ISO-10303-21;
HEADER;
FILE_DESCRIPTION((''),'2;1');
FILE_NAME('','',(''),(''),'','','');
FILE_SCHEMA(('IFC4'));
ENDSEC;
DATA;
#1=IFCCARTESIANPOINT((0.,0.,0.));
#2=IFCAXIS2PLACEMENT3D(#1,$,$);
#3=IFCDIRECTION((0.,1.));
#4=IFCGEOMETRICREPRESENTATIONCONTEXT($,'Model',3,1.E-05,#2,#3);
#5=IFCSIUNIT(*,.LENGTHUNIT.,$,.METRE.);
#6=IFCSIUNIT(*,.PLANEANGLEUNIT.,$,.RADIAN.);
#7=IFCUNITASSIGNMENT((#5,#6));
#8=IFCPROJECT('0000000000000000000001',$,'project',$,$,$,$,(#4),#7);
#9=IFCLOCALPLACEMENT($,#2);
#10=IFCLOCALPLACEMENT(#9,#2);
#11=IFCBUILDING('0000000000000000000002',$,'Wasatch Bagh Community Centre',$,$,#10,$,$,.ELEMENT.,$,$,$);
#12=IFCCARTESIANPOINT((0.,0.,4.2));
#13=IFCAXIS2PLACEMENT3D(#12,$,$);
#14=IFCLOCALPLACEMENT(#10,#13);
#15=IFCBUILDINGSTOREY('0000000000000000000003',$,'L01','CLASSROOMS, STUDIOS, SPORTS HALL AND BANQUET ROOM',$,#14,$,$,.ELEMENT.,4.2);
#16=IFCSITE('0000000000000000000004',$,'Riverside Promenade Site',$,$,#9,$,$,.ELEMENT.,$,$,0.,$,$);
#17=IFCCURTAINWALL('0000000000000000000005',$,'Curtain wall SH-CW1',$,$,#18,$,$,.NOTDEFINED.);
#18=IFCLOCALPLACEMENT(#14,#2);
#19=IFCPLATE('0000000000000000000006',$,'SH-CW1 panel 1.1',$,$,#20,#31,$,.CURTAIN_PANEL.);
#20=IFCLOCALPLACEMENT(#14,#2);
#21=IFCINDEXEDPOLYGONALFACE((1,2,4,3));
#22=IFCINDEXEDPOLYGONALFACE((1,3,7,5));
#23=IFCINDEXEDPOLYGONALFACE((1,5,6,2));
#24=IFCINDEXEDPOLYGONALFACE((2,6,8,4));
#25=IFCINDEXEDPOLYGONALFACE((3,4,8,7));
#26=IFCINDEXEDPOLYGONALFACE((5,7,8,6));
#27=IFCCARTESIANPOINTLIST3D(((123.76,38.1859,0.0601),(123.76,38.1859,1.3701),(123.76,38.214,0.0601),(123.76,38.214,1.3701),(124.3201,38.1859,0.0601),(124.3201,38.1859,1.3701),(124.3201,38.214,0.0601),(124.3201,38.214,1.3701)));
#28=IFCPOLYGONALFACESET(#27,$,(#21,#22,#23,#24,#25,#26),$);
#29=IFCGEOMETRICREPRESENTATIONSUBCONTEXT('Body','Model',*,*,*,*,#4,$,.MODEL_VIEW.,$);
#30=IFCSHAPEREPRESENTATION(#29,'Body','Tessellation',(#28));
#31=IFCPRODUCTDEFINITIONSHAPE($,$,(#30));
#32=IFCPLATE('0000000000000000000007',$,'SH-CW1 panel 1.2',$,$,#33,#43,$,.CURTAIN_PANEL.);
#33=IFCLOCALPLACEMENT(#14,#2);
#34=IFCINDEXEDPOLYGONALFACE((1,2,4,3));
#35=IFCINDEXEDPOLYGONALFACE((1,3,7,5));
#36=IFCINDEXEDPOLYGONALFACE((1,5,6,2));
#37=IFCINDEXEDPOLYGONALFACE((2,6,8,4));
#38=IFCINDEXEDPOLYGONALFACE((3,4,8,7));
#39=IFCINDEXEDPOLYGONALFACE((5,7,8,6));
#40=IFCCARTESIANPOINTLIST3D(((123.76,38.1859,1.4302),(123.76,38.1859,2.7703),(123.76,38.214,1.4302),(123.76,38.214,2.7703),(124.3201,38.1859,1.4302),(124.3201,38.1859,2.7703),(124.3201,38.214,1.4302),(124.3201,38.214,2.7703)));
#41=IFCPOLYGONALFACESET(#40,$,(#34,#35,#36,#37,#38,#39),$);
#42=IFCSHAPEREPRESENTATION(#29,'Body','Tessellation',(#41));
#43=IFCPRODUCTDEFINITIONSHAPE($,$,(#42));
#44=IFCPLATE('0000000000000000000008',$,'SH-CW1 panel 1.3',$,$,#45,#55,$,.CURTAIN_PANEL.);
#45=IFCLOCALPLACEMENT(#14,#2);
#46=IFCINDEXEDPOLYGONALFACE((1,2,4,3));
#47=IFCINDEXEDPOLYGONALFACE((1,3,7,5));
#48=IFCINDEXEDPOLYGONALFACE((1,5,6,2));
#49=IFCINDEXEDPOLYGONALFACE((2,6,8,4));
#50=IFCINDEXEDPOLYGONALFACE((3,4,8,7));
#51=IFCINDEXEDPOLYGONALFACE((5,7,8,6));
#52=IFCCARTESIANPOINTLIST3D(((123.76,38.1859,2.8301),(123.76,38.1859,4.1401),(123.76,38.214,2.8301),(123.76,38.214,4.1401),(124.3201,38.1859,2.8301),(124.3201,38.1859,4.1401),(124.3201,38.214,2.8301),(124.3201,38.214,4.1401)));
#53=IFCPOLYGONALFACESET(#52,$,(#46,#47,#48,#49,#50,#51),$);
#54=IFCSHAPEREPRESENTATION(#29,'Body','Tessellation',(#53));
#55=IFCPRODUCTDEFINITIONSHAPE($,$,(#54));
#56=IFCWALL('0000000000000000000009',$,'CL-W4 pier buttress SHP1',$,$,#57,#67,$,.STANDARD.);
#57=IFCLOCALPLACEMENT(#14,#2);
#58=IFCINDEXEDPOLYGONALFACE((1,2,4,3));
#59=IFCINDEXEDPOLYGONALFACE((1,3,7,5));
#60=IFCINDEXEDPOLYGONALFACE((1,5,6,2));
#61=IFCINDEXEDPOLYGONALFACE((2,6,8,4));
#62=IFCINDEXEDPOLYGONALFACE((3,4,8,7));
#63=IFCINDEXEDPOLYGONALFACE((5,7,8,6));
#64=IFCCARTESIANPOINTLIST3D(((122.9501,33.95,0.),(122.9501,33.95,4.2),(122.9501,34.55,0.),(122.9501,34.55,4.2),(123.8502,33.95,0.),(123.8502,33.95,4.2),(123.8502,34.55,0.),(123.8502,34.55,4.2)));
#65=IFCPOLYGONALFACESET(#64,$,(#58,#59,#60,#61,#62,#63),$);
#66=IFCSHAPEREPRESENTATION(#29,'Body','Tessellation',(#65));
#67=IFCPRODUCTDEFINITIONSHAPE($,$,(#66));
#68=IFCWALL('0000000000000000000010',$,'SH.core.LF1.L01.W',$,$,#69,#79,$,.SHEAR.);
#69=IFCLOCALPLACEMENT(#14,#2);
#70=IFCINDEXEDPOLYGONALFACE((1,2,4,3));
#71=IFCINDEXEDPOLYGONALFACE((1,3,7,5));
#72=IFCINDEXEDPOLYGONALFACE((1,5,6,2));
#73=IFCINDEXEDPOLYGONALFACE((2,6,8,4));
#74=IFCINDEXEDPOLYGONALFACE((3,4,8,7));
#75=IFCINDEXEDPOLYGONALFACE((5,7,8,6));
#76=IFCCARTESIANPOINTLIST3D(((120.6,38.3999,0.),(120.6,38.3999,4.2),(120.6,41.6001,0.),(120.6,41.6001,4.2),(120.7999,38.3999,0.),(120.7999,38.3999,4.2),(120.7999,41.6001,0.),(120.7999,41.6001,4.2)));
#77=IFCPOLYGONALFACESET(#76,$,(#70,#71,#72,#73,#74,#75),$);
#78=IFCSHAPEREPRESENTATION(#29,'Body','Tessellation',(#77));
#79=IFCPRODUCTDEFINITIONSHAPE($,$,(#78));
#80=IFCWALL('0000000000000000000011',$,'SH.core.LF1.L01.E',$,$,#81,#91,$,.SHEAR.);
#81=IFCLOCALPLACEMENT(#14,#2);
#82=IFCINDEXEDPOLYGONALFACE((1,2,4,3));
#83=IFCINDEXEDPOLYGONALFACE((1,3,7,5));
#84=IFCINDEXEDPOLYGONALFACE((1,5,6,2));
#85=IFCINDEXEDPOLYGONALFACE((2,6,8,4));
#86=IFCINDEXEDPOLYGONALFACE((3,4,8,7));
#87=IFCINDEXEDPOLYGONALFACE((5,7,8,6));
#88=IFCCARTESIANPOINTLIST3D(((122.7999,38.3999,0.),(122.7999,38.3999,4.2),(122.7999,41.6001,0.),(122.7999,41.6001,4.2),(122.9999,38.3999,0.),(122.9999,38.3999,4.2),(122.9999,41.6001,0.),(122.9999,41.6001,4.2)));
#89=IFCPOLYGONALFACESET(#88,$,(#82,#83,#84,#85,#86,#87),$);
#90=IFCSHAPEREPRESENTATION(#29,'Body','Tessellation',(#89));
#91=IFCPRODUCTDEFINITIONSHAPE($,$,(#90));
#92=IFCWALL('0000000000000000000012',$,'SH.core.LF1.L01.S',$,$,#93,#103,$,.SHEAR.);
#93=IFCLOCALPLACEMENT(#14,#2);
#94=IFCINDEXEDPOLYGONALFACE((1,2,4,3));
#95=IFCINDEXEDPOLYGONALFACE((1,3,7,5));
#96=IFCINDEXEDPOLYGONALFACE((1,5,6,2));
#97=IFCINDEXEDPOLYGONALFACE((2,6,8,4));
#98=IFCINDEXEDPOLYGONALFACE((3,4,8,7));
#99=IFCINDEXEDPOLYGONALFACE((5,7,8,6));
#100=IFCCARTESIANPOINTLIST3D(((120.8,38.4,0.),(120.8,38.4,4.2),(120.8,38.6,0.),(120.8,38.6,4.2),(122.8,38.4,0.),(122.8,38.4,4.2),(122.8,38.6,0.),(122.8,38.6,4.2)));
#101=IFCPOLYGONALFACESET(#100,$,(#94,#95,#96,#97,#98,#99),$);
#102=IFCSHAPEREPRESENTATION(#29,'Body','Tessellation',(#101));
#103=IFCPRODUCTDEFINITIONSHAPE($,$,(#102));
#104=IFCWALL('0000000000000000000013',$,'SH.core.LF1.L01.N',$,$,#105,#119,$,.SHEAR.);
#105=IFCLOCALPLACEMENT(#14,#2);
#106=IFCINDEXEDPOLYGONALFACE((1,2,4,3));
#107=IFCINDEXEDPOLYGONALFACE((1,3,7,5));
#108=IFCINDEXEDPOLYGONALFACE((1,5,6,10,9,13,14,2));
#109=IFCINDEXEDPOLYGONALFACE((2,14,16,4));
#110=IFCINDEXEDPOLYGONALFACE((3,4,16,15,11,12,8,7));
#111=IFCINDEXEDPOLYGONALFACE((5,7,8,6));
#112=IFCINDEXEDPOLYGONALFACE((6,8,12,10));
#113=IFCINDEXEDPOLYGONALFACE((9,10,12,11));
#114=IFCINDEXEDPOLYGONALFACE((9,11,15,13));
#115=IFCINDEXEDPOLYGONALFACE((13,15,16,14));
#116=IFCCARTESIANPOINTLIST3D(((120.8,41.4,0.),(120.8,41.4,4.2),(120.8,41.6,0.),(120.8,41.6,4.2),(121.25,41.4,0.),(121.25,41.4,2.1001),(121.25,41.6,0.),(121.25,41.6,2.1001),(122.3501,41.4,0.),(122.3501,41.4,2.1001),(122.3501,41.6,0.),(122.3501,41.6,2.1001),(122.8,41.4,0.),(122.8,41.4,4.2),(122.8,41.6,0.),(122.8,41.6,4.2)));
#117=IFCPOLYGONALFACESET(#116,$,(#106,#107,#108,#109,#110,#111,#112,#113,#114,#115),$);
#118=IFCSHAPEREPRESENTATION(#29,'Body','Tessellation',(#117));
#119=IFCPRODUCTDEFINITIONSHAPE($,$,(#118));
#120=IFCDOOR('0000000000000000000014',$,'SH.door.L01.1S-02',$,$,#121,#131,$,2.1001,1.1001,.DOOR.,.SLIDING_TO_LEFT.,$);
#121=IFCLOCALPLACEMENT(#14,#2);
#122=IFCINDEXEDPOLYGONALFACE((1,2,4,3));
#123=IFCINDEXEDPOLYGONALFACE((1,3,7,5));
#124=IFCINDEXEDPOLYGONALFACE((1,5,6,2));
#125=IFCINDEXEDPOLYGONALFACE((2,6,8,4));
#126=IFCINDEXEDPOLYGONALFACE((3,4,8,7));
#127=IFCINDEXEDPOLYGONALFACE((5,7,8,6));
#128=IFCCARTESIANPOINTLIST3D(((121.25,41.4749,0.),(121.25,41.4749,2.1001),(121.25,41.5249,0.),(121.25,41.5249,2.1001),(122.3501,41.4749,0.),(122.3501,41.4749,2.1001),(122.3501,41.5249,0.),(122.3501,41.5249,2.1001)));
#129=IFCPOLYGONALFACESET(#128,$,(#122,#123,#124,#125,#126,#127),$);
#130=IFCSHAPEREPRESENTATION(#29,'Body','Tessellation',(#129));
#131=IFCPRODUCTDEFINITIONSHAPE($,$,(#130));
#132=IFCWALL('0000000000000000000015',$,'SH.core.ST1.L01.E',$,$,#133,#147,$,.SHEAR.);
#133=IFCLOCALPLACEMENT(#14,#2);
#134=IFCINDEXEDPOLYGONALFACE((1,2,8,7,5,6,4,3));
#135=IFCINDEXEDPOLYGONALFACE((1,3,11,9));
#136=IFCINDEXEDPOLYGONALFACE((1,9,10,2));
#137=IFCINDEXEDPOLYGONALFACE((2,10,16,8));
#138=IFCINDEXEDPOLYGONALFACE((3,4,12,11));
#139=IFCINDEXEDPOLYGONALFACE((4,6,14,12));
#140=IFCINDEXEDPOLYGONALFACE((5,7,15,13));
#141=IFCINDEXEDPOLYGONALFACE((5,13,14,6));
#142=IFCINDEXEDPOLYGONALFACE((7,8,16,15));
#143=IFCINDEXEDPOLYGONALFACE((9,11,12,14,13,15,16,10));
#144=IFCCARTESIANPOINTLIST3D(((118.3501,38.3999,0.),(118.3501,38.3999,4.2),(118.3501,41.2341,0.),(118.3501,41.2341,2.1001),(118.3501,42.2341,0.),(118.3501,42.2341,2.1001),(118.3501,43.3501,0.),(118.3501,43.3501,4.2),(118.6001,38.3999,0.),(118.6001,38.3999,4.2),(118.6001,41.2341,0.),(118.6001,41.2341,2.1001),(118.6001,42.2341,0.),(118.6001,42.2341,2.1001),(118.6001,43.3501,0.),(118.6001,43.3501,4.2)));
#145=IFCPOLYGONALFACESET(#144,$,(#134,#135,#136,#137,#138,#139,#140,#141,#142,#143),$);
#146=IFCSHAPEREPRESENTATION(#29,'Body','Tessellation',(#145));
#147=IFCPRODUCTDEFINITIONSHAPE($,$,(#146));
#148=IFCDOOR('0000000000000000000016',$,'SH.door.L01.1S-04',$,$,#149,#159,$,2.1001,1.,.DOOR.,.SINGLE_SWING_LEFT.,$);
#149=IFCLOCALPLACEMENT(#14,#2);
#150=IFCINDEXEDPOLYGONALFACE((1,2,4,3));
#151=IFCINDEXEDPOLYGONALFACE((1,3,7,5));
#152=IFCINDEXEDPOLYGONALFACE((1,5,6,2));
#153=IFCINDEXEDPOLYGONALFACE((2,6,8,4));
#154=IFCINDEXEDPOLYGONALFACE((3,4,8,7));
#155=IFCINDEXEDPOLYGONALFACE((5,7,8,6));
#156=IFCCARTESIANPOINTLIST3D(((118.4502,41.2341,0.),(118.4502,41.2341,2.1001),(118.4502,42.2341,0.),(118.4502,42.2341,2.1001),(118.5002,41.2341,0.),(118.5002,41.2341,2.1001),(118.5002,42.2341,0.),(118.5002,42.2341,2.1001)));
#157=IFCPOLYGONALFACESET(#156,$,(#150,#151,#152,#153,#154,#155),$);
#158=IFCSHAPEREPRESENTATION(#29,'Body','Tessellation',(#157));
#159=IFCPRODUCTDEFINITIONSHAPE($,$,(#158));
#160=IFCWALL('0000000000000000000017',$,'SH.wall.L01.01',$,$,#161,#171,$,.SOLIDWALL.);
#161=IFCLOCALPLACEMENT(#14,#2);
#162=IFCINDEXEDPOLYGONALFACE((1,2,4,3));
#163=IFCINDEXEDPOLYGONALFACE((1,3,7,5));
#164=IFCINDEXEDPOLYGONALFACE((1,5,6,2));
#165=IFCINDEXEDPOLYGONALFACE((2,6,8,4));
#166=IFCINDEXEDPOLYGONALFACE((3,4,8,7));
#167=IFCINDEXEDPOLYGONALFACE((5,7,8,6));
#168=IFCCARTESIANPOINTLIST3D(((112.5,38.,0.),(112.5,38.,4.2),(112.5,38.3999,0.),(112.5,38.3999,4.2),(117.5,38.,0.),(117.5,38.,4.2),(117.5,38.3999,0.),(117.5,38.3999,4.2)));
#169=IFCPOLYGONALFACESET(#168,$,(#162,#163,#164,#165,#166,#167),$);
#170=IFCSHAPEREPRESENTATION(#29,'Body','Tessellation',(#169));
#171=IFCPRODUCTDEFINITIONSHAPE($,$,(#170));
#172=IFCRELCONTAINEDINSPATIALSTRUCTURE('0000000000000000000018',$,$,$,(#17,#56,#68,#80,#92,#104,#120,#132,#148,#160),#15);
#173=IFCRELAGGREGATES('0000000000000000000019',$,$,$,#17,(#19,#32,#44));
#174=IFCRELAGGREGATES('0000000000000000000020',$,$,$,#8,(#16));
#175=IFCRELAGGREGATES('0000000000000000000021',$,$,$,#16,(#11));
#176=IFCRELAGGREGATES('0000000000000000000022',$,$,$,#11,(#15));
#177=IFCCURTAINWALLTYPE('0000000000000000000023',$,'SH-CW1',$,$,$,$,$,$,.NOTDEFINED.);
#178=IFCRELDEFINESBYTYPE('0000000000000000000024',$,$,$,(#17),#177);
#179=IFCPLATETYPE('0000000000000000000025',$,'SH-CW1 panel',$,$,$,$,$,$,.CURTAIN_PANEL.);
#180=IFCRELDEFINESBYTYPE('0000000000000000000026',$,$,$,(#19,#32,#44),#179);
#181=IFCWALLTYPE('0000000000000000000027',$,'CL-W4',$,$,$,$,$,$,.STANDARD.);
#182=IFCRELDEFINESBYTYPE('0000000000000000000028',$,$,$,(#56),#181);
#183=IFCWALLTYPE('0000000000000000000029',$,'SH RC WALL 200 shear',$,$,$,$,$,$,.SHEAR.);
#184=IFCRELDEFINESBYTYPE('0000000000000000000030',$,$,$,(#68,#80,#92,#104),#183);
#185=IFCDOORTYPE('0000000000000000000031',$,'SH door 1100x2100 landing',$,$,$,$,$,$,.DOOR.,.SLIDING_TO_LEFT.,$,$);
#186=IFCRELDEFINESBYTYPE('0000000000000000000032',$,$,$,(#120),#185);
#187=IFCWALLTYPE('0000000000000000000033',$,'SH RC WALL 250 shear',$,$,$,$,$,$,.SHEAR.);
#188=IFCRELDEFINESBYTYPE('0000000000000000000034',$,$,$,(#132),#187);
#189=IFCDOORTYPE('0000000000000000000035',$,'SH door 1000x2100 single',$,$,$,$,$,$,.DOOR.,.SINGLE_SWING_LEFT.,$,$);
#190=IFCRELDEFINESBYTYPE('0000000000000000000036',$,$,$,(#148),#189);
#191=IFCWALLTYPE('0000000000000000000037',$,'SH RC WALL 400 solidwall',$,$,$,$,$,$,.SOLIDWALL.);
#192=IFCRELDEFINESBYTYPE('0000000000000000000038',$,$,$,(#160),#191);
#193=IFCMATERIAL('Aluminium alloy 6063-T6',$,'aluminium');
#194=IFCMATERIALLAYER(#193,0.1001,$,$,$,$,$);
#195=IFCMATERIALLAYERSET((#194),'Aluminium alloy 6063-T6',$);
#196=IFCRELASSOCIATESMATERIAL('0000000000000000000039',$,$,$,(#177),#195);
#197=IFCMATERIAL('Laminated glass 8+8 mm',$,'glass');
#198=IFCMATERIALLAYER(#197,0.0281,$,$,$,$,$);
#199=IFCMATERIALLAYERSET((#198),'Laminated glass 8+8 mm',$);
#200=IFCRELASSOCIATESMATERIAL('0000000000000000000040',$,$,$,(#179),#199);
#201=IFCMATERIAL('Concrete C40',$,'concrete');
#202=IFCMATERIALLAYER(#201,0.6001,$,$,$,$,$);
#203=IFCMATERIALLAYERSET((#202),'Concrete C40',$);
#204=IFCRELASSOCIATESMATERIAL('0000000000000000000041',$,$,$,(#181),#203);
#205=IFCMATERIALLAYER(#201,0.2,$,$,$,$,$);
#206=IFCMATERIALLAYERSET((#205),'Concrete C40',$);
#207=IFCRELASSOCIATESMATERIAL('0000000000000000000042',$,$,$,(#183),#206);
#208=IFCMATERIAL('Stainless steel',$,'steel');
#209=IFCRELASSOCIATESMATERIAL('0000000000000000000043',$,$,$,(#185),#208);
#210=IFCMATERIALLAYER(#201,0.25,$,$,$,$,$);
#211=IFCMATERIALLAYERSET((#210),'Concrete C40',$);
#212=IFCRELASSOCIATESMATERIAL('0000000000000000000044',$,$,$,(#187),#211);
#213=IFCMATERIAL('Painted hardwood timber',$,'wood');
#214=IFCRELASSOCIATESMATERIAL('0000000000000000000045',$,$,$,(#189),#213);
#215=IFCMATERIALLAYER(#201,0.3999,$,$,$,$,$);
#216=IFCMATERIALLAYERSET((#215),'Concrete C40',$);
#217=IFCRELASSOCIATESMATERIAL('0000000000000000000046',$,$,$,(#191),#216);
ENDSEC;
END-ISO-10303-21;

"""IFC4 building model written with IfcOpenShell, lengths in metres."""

from ifc_helpers import new_model, si_unit, direction, frame, frame_2d, origin, origin_2d, place, context, subcontext, project, spatial, rectangle, extrude, material, layer, layer_set, type_object, element, fill, aggregate, save


model = new_model("IFC4")

# Units and contexts
model_context = context("Model", 3, precision=1e-05, world=origin(), true_north=direction((0.0, 1.0)))
body_context = subcontext(model_context, "Body", "Model", "MODEL_VIEW")
ifc_project = project(units=[si_unit("LENGTHUNIT", "METRE"), si_unit("PLANEANGLEUNIT", "RADIAN")], contexts=[model_context])

# Site, building, storey
site_placement = place(None, origin())
site = spatial("IfcSite", under=ifc_project, at=site_placement, Name="Riverside Promenade Site", CompositionType="ELEMENT", RefElevation=0.0)
building_placement = place(site_placement, origin())
building = spatial("IfcBuilding", under=site, at=building_placement, Name="Wasatch Bagh Community Centre", CompositionType="ELEMENT")
storey_placement = place(building_placement, frame((0.0, 0.0, 4.2)))
storey = spatial("IfcBuildingStorey", under=building, at=storey_placement, Name="L01", Description="CLASSROOMS, STUDIOS, SPORTS HALL AND BANQUET ROOM", CompositionType="ELEMENT", Elevation=4.2)

# Shared definitions
ifc_material_1 = material(Name="Concrete C40", Category="concrete")

# Curtain wall, plates
ifc_material_2 = material(Name="Aluminium alloy 6063-T6", Category="aluminium")
ifc_layer_1 = layer(ifc_material_2, 0.1001)
ifc_layer_set_1 = layer_set([ifc_layer_1], Name="Aluminium alloy 6063-T6")
curtain_wall_type = type_object("IfcCurtainWallType", Name="SH-CW1", PredefinedType="NOTDEFINED", material=ifc_layer_set_1)
curtain_wall_placement = place(storey_placement, origin())
curtain_wall = element("IfcCurtainWall", 1, at=curtain_wall_placement, inside=storey, type_object=curtain_wall_type, Name="Curtain wall SH-CW1", PredefinedType="NOTDEFINED")
ifc_material_3 = material(Name="Laminated glass 8+8 mm", Category="glass")
ifc_layer_2 = layer(ifc_material_3, 0.0281)
ifc_layer_set_2 = layer_set([ifc_layer_2], Name="Laminated glass 8+8 mm")
plate_type = type_object("IfcPlateType", Name="SH-CW1 panel", PredefinedType="CURTAIN_PANEL", material=ifc_layer_set_2)
plate_1_placement = place(storey_placement, frame((124.04, 38.2, 0.0601), z_axis=(0.0, 0.0, 1.0), x_axis=(1.0, 0.0, 0.0)))
plate_1 = element("IfcPlate", 2, at=plate_1_placement, type_object=plate_type, Name="SH-CW1 panel 1.1", PredefinedType="CURTAIN_PANEL", context=body_context, shape_type="SweptSolid", body=[
    extrude(rectangle(XDim=0.5601, YDim=0.0281, at=origin_2d()), origin(), (0.0, 0.0, 1.0), 1.3101),
])
plate_2_placement = place(storey_placement, frame((124.04, 38.2, 1.4302), z_axis=(0.0, 0.0, 1.0), x_axis=(1.0, 0.0, 0.0)))
plate_2 = element("IfcPlate", 3, at=plate_2_placement, type_object=plate_type, Name="SH-CW1 panel 1.2", PredefinedType="CURTAIN_PANEL", context=body_context, shape_type="SweptSolid", body=[
    extrude(rectangle(XDim=0.5601, YDim=0.0281, at=origin_2d()), origin(), (0.0, 0.0, 1.0), 1.3401),
])
plate_3_placement = place(storey_placement, frame((124.04, 38.2, 2.8301), z_axis=(0.0, 0.0, 1.0), x_axis=(1.0, 0.0, 0.0)))
plate_3 = element("IfcPlate", 4, at=plate_3_placement, type_object=plate_type, Name="SH-CW1 panel 1.3", PredefinedType="CURTAIN_PANEL", context=body_context, shape_type="SweptSolid", body=[
    extrude(rectangle(XDim=0.5601, YDim=0.0281, at=origin_2d()), origin(), (0.0, 0.0, 1.0), 1.3101),
])
aggregate(curtain_wall, [plate_1, plate_2, plate_3])

# Walls
ifc_layer_3 = layer(ifc_material_1, 0.6001)
ifc_layer_set_3 = layer_set([ifc_layer_3], Name="Concrete C40")
wall_type_1 = type_object("IfcWallType", Name="CL-W4", PredefinedType="STANDARD", material=ifc_layer_set_3)
wall_1_placement = place(storey_placement, frame((122.95, 34.25, 0.0), z_axis=(0.0, 0.0, 1.0), x_axis=(1.0, 0.0, 0.0)))
element("IfcWall", 5, at=wall_1_placement, inside=storey, type_object=wall_type_1, Name="CL-W4 pier buttress SHP1", PredefinedType="STANDARD", context=body_context, shape_type="SweptSolid", body=[
    extrude(rectangle(XDim=0.9001, YDim=0.6001, at=frame_2d((0.4502, 0.0))), origin(), (0.0, 0.0, 1.0), 4.2),
])
ifc_layer_4 = layer(ifc_material_1, 0.2)
ifc_layer_set_4 = layer_set([ifc_layer_4], Name="Concrete C40")
wall_type_2 = type_object("IfcWallType", Name="SH RC WALL 200 shear", PredefinedType="SHEAR", material=ifc_layer_set_4)
for number, where, z_axis, x_axis, name in (
    (6, (120.7, 38.3999, 0.0), (0.0, 0.0, 1.0), (0.0, 1.0, 0.0), "SH.core.LF1.L01.W"),
    (7, (122.8999, 38.3999, 0.0), (0.0, 0.0, 1.0), (0.0, 1.0, 0.0), "SH.core.LF1.L01.E"),
):
    element("IfcWall", number, at=place(storey_placement, frame(where, z_axis=z_axis, x_axis=x_axis)), inside=storey, type_object=wall_type_2, Name=name, PredefinedType="SHEAR", context=body_context, shape_type="SweptSolid", body=[
        extrude(rectangle(XDim=3.2002, YDim=0.2, at=frame_2d((1.6001, 0.0))), origin(), (0.0, 0.0, 1.0), 4.2),
    ])
wall_2_placement = place(storey_placement, frame((120.8, 38.5, 0.0), z_axis=(0.0, 0.0, 1.0), x_axis=(1.0, 0.0, 0.0)))
element("IfcWall", 8, at=wall_2_placement, inside=storey, type_object=wall_type_2, Name="SH.core.LF1.L01.S", PredefinedType="SHEAR", context=body_context, shape_type="SweptSolid", body=[
    extrude(rectangle(XDim=2.0, YDim=0.2, at=frame_2d((1.0, 0.0))), origin(), (0.0, 0.0, 1.0), 4.2),
])

# Walls, openings, doors
wall_3_placement = place(storey_placement, frame((120.8, 41.5, 0.0), z_axis=(0.0, 0.0, 1.0), x_axis=(1.0, 0.0, 0.0)))
wall_3 = element("IfcWall", 9, at=wall_3_placement, inside=storey, type_object=wall_type_2, Name="SH.core.LF1.L01.N", PredefinedType="SHEAR", context=body_context, shape_type="SweptSolid", body=[
    extrude(rectangle(XDim=2.0, YDim=0.2, at=frame_2d((1.0, 0.0))), origin(), (0.0, 0.0, 1.0), 4.2),
])
opening_1_placement = place(wall_3_placement, frame((0.45, 0.0, 0.0)))
opening_1 = element("IfcOpeningElement", 10, at=opening_1_placement, cuts=wall_3, PredefinedType="OPENING", context=body_context, shape_type="SweptSolid", body=[
    extrude(rectangle(XDim=1.1001, YDim=2.1001, at=frame_2d((0.55, 1.05))), frame((0.0, 0.1099, 0.0), z_axis=(0.0, -1.0, 0.0), x_axis=(1.0, 0.0, 0.0)), (0.0, 0.0, 1.0), 0.22),
])
ifc_material_4 = material(Name="Stainless steel", Category="steel")
door_type_1 = type_object("IfcDoorType", Name="SH door 1100x2100 landing", OperationType="SLIDING_TO_LEFT", PredefinedType="DOOR", material=ifc_material_4)
door_1_placement = place(opening_1_placement, origin())
door_1 = element("IfcDoor", 11, at=door_1_placement, inside=storey, type_object=door_type_1, Name="SH.door.L01.1S-02", OperationType="SLIDING_TO_LEFT", OverallHeight=2.1001, OverallWidth=1.1001, PredefinedType="DOOR", context=body_context, shape_type="SweptSolid", body=[
    extrude(rectangle(XDim=1.1001, YDim=2.1001, at=frame_2d((0.55, 1.05))), frame((0.0, 0.0249, 0.0), z_axis=(0.0, -1.0, 0.0), x_axis=(1.0, 0.0, 0.0)), (0.0, 0.0, 1.0), 0.05),
])
fill(opening_1, door_1)
ifc_layer_5 = layer(ifc_material_1, 0.25)
ifc_layer_set_5 = layer_set([ifc_layer_5], Name="Concrete C40")
wall_type_3 = type_object("IfcWallType", Name="SH RC WALL 250 shear", PredefinedType="SHEAR", material=ifc_layer_set_5)
wall_4_placement = place(storey_placement, frame((118.4751, 38.3999, 0.0), z_axis=(0.0, 0.0, 1.0), x_axis=(0.0, 1.0, 0.0)))
wall_4 = element("IfcWall", 12, at=wall_4_placement, inside=storey, type_object=wall_type_3, Name="SH.core.ST1.L01.E", PredefinedType="SHEAR", context=body_context, shape_type="SweptSolid", body=[
    extrude(rectangle(XDim=4.9502, YDim=0.25, at=frame_2d((2.4751, 0.0))), origin(), (0.0, 0.0, 1.0), 4.2),
])
opening_2_placement = place(wall_4_placement, frame((2.8342, 0.0, 0.0)))
opening_2 = element("IfcOpeningElement", 13, at=opening_2_placement, cuts=wall_4, PredefinedType="OPENING", context=body_context, shape_type="SweptSolid", body=[
    extrude(rectangle(XDim=1.0, YDim=2.1001, at=frame_2d((0.5, 1.05))), frame((0.0, 0.135, 0.0), z_axis=(0.0, -1.0, 0.0), x_axis=(1.0, 0.0, 0.0)), (0.0, 0.0, 1.0), 0.27),
])
ifc_material_5 = material(Name="Painted hardwood timber", Category="wood")
door_type_2 = type_object("IfcDoorType", Name="SH door 1000x2100 single", OperationType="SINGLE_SWING_LEFT", PredefinedType="DOOR", material=ifc_material_5)
door_2_placement = place(opening_2_placement, origin())
door_2 = element("IfcDoor", 14, at=door_2_placement, inside=storey, type_object=door_type_2, Name="SH.door.L01.1S-04", OperationType="SINGLE_SWING_LEFT", OverallHeight=2.1001, OverallWidth=1.0, PredefinedType="DOOR", context=body_context, shape_type="SweptSolid", body=[
    extrude(rectangle(XDim=1.0, YDim=2.1001, at=frame_2d((0.5, 1.05))), frame((0.0, 0.0249, 0.0), z_axis=(0.0, -1.0, 0.0), x_axis=(1.0, 0.0, 0.0)), (0.0, 0.0, 1.0), 0.05),
])
fill(opening_2, door_2)

# Wall
ifc_layer_6 = layer(ifc_material_1, 0.3999)
ifc_layer_set_6 = layer_set([ifc_layer_6], Name="Concrete C40")
wall_type_4 = type_object("IfcWallType", Name="SH RC WALL 400 solidwall", PredefinedType="SOLIDWALL", material=ifc_layer_set_6)
wall_5_placement = place(storey_placement, frame((117.5, 38.2, 0.0), z_axis=(0.0, 0.0, 1.0), x_axis=(-1.0, 0.0, 0.0)))
element("IfcWall", 15, at=wall_5_placement, inside=storey, type_object=wall_type_4, Name="SH.wall.L01.01", PredefinedType="SOLIDWALL", context=body_context, shape_type="SweptSolid", body=[
    extrude(rectangle(XDim=5.0, YDim=0.3999, at=frame_2d((2.5, 0.0))), origin(), (0.0, 0.0, 1.0), 4.2),
])

save(model, "model.ifc")
